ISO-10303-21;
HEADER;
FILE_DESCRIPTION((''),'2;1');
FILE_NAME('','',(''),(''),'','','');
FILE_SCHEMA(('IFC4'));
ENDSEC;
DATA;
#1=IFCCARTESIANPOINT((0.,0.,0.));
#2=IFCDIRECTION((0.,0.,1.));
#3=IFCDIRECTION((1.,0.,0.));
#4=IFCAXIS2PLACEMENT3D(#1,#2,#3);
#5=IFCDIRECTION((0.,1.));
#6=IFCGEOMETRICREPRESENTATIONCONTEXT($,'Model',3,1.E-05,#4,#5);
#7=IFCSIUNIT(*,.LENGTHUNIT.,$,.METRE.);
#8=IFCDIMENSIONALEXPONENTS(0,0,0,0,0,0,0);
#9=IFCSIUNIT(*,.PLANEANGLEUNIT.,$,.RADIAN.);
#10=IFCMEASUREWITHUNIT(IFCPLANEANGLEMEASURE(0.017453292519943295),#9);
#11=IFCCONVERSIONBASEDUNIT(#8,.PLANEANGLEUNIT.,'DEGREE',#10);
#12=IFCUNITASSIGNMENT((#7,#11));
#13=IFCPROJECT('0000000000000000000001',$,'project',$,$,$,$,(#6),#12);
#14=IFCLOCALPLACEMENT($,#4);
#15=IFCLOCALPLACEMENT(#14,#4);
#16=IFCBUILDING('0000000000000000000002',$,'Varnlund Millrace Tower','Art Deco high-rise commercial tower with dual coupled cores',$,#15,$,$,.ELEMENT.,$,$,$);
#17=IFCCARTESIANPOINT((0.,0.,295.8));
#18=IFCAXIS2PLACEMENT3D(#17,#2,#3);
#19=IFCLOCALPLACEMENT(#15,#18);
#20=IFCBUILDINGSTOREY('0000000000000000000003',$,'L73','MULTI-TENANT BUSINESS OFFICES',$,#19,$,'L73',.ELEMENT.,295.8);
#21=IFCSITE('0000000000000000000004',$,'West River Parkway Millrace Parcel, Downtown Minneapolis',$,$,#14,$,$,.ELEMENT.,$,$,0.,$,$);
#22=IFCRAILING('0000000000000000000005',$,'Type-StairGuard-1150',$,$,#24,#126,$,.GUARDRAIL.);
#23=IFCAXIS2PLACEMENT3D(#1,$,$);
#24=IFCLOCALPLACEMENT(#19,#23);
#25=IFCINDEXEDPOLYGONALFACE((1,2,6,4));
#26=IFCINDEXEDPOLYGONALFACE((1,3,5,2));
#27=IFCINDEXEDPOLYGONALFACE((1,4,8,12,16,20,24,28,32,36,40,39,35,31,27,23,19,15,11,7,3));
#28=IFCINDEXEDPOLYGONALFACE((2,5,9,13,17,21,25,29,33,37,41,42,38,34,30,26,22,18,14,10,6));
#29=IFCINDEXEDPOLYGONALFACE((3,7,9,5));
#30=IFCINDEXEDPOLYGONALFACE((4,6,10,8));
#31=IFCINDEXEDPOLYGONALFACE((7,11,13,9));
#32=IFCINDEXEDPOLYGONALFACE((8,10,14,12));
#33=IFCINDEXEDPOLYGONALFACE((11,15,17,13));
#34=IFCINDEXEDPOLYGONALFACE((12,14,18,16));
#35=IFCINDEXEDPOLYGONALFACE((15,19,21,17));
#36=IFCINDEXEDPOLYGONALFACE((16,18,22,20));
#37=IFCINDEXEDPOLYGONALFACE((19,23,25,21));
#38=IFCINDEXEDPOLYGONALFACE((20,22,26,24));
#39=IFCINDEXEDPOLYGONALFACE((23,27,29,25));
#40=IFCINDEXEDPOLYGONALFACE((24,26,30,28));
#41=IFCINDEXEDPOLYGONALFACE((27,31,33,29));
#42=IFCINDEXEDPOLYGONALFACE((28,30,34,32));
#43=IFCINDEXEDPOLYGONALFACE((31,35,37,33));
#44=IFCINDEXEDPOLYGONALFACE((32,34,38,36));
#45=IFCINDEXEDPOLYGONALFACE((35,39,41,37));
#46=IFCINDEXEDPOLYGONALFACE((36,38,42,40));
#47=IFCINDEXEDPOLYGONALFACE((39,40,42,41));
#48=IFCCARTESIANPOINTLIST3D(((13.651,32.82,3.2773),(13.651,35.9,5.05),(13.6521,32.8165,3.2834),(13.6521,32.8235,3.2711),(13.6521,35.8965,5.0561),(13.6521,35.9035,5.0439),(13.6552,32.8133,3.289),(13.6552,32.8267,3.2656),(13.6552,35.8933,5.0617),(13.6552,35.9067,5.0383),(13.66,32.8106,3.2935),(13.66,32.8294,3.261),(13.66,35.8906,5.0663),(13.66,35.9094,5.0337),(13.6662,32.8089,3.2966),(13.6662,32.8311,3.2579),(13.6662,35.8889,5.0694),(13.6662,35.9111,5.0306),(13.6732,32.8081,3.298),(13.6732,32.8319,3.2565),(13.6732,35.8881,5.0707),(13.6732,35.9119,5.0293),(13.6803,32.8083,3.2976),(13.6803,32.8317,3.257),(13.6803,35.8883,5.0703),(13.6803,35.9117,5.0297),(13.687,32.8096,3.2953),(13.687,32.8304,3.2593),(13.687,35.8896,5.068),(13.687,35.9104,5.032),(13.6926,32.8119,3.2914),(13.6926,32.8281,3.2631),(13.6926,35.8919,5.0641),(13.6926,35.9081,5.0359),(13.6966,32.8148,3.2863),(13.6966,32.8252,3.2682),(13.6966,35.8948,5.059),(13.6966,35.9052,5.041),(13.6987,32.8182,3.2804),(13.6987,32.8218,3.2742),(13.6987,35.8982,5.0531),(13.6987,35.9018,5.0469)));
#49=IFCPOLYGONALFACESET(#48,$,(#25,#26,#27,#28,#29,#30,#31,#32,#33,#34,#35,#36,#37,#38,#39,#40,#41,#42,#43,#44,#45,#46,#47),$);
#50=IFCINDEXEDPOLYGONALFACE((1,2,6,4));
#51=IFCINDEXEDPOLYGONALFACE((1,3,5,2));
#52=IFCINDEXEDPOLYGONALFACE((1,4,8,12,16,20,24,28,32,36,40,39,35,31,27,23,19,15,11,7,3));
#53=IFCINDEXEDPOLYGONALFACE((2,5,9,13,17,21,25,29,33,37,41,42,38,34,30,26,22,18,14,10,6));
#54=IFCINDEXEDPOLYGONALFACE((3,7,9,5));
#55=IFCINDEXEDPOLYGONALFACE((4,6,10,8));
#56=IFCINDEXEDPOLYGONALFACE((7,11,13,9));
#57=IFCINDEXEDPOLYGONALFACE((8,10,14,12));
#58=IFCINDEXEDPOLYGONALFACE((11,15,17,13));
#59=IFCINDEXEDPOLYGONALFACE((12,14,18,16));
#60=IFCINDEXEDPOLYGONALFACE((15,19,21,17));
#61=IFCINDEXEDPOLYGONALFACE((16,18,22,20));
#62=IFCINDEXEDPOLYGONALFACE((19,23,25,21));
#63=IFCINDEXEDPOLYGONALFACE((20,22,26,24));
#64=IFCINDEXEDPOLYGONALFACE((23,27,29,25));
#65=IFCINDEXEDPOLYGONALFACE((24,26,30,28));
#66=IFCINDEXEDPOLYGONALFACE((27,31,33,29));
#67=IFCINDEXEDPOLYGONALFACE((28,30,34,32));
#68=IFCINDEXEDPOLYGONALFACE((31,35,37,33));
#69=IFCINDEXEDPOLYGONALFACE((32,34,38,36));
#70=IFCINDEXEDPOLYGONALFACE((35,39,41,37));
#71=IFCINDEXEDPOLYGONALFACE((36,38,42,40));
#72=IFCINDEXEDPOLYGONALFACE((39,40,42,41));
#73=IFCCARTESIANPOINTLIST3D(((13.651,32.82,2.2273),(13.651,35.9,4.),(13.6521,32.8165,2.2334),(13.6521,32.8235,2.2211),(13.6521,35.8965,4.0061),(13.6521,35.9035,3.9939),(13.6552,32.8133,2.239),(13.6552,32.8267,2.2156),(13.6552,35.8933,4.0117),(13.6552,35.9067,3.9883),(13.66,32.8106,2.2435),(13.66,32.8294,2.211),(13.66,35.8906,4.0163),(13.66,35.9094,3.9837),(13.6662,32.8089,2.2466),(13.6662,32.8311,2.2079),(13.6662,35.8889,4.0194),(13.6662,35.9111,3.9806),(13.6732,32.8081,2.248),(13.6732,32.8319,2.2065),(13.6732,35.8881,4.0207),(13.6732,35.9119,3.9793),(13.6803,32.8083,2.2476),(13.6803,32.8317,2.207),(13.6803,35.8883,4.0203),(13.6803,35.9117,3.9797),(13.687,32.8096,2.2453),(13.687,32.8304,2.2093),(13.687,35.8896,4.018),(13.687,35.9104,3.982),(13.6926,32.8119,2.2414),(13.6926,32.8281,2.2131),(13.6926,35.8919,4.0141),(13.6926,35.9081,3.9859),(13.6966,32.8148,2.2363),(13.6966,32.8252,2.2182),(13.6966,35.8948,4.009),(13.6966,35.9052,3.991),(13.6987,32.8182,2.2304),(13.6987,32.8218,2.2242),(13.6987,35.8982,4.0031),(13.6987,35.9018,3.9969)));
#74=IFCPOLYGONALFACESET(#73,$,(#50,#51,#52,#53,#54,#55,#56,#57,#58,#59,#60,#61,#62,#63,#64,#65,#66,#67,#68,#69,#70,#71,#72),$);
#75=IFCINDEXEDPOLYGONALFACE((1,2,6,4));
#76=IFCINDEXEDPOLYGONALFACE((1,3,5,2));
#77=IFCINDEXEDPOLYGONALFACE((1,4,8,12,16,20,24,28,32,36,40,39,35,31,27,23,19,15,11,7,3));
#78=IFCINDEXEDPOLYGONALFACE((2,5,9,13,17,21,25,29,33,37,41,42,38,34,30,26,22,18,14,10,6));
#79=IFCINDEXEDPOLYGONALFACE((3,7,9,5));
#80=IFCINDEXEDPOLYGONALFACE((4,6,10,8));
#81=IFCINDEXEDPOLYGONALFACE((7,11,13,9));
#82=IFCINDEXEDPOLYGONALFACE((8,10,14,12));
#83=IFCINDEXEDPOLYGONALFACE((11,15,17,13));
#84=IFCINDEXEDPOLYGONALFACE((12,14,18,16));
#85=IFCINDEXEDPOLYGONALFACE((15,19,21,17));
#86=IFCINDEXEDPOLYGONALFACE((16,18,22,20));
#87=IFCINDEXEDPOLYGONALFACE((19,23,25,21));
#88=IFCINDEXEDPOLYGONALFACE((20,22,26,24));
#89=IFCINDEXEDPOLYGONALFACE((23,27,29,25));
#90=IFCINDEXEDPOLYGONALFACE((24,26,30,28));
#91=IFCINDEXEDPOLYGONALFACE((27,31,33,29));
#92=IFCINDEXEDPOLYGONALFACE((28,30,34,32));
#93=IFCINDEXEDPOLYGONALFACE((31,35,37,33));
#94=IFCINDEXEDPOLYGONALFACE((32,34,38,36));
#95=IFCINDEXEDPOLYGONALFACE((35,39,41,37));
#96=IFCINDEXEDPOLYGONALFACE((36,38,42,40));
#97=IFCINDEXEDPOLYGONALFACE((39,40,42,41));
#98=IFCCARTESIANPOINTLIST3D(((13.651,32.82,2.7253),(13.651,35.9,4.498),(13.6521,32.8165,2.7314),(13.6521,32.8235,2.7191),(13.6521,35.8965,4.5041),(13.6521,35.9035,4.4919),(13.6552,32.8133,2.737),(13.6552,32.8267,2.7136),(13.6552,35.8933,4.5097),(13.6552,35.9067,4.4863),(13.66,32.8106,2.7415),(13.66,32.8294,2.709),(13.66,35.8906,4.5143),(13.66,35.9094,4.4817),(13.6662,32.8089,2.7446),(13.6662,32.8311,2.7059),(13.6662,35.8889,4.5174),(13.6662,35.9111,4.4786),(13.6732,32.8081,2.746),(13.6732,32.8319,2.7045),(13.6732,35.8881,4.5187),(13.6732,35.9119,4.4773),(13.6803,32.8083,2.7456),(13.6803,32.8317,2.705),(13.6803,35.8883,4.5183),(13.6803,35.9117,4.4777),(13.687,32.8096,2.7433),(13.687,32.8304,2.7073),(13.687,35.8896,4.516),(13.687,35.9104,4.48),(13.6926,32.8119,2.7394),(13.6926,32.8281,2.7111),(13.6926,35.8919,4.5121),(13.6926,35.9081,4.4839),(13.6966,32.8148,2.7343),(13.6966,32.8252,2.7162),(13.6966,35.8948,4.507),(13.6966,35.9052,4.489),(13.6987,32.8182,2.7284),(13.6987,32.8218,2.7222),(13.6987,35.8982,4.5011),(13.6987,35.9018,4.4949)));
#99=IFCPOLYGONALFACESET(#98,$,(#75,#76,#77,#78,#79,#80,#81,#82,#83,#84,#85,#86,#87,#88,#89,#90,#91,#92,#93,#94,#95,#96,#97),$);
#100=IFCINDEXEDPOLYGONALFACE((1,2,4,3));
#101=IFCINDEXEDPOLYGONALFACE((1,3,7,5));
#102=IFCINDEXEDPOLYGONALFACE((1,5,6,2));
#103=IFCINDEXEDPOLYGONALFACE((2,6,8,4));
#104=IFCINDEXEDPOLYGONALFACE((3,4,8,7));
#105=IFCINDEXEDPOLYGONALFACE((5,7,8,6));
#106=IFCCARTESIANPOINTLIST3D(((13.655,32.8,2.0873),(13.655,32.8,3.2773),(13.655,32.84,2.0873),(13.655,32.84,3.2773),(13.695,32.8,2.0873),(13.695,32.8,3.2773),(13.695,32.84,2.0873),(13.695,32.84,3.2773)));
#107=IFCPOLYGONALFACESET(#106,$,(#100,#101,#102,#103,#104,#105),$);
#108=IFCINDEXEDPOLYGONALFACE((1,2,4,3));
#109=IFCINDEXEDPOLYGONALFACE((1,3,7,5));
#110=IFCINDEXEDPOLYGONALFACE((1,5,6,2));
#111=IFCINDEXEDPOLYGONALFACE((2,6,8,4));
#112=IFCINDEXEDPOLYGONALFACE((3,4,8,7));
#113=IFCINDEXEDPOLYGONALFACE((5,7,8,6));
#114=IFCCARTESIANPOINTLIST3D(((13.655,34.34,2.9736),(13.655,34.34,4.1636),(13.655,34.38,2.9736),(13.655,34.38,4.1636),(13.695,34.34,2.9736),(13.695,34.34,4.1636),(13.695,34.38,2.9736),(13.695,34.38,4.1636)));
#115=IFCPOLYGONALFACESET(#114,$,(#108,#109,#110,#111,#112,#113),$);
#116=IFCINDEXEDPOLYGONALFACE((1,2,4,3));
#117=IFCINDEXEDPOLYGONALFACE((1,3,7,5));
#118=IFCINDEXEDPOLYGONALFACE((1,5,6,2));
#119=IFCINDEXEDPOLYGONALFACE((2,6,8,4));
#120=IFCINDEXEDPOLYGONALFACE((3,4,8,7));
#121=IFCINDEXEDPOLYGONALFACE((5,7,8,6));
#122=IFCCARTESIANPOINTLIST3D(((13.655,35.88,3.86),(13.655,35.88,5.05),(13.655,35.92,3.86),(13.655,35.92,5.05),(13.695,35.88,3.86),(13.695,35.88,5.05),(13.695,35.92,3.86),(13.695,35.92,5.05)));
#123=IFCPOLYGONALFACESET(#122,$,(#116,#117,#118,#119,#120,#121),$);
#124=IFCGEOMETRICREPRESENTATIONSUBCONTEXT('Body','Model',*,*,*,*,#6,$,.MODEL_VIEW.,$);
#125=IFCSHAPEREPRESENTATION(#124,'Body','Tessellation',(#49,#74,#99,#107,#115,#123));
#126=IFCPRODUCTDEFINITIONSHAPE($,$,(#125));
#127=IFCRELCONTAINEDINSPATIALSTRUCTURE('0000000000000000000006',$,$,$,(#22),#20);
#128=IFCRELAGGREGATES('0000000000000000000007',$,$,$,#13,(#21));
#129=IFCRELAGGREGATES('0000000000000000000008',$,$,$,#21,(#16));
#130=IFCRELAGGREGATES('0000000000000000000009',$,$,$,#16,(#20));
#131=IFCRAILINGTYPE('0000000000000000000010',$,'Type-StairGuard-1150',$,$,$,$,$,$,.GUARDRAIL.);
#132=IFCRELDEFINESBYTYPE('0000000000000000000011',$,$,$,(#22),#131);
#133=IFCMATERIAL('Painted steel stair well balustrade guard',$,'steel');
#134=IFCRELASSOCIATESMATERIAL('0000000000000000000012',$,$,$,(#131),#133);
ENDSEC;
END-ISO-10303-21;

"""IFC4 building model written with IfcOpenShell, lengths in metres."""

from ifc_helpers import new_model, entity, si_unit, converted_unit, direction, frame, origin_with_axes, origin_2d_with_axis, place, context, subcontext, project, spatial, rectangle, circle, extrude, material, type_object, element, save


model = new_model("IFC4")

# Units and contexts
model_context = context("Model", 3, precision=1e-05, world=origin_with_axes(), true_north=direction((0.0, 1.0)))
body_context = subcontext(model_context, "Body", "Model", "MODEL_VIEW")
ifc_project = project(units=[si_unit("LENGTHUNIT", "METRE"), converted_unit("PLANEANGLEUNIT", "DEGREE", entity("IfcPlaneAngleMeasure", 0.017453292519943295), si_unit("PLANEANGLEUNIT", "RADIAN"), dimensions=[0, 0, 0, 0, 0, 0, 0])], contexts=[model_context])

# Site, building, storey
site_placement = place(None, origin_with_axes())
site = spatial("IfcSite", under=ifc_project, at=site_placement, Name="West River Parkway Millrace Parcel, Downtown Minneapolis", CompositionType="ELEMENT", RefElevation=0.0)
building_placement = place(site_placement, origin_with_axes())
building = spatial("IfcBuilding", under=site, at=building_placement, Name="Varnlund Millrace Tower", Description="Art Deco high-rise commercial tower with dual coupled cores", CompositionType="ELEMENT")
storey_placement = place(building_placement, frame((0.0, 0.0, 295.8), z_axis=(0.0, 0.0, 1.0), x_axis=(1.0, 0.0, 0.0)))
storey = spatial("IfcBuildingStorey", under=building, at=storey_placement, Name="L73", Description="MULTI-TENANT BUSINESS OFFICES", LongName="L73", CompositionType="ELEMENT", Elevation=295.8)

# Railing
ifc_material_1 = material(Name="Painted steel stair well balustrade guard", Category="steel")
railing_type_1 = type_object("IfcRailingType", Name="Type-StairGuard-1150", PredefinedType="GUARDRAIL", material=ifc_material_1)
railing_1_placement = place(storey_placement, frame((0.0, 0.0, -295.8), z_axis=(0.0, 0.0, 1.0), x_axis=(1.0, 0.0, 0.0)))
element("IfcRailing", 1, at=railing_1_placement, inside=storey, type_object=railing_type_1, Name="Type-StairGuard-1150", PredefinedType="GUARDRAIL", context=body_context, shape_type="SweptSolid", body=[
    extrude(circle(Radius=0.024, at=origin_2d_with_axis()), frame((13.675, 32.82, 299.0773), z_axis=(0.0, 0.866696, 0.498836), x_axis=(-1.0, 0.0, 0.0)), (0.0, 0.0, 1.0), 3.5537),
    extrude(circle(Radius=0.024, at=origin_2d_with_axis()), frame((13.675, 32.82, 298.0273), z_axis=(0.0, 0.866696, 0.498836), x_axis=(-1.0, 0.0, 0.0)), (0.0, 0.0, 1.0), 3.5537),
    extrude(circle(Radius=0.024, at=origin_2d_with_axis()), frame((13.675, 32.82, 298.5253), z_axis=(0.0, 0.866696, 0.498836), x_axis=(-1.0, 0.0, 0.0)), (0.0, 0.0, 1.0), 3.5537),
    extrude(rectangle(XDim=0.04, YDim=0.04, at=origin_2d_with_axis()), frame((13.675, 32.82, 297.8873), z_axis=(0.0, 0.0, 1.0), x_axis=(1.0, 0.0, 0.0)), (0.0, 0.0, 1.0), 1.19),
    extrude(rectangle(XDim=0.04, YDim=0.04, at=origin_2d_with_axis()), frame((13.675, 34.36, 298.7736), z_axis=(0.0, 0.0, 1.0), x_axis=(1.0, 0.0, 0.0)), (0.0, 0.0, 1.0), 1.19),
    extrude(rectangle(XDim=0.04, YDim=0.04, at=origin_2d_with_axis()), frame((13.675, 35.9, 299.66), z_axis=(0.0, 0.0, 1.0), x_axis=(1.0, 0.0, 0.0)), (0.0, 0.0, 1.0), 1.19),
])

save(model, "model.ifc")
